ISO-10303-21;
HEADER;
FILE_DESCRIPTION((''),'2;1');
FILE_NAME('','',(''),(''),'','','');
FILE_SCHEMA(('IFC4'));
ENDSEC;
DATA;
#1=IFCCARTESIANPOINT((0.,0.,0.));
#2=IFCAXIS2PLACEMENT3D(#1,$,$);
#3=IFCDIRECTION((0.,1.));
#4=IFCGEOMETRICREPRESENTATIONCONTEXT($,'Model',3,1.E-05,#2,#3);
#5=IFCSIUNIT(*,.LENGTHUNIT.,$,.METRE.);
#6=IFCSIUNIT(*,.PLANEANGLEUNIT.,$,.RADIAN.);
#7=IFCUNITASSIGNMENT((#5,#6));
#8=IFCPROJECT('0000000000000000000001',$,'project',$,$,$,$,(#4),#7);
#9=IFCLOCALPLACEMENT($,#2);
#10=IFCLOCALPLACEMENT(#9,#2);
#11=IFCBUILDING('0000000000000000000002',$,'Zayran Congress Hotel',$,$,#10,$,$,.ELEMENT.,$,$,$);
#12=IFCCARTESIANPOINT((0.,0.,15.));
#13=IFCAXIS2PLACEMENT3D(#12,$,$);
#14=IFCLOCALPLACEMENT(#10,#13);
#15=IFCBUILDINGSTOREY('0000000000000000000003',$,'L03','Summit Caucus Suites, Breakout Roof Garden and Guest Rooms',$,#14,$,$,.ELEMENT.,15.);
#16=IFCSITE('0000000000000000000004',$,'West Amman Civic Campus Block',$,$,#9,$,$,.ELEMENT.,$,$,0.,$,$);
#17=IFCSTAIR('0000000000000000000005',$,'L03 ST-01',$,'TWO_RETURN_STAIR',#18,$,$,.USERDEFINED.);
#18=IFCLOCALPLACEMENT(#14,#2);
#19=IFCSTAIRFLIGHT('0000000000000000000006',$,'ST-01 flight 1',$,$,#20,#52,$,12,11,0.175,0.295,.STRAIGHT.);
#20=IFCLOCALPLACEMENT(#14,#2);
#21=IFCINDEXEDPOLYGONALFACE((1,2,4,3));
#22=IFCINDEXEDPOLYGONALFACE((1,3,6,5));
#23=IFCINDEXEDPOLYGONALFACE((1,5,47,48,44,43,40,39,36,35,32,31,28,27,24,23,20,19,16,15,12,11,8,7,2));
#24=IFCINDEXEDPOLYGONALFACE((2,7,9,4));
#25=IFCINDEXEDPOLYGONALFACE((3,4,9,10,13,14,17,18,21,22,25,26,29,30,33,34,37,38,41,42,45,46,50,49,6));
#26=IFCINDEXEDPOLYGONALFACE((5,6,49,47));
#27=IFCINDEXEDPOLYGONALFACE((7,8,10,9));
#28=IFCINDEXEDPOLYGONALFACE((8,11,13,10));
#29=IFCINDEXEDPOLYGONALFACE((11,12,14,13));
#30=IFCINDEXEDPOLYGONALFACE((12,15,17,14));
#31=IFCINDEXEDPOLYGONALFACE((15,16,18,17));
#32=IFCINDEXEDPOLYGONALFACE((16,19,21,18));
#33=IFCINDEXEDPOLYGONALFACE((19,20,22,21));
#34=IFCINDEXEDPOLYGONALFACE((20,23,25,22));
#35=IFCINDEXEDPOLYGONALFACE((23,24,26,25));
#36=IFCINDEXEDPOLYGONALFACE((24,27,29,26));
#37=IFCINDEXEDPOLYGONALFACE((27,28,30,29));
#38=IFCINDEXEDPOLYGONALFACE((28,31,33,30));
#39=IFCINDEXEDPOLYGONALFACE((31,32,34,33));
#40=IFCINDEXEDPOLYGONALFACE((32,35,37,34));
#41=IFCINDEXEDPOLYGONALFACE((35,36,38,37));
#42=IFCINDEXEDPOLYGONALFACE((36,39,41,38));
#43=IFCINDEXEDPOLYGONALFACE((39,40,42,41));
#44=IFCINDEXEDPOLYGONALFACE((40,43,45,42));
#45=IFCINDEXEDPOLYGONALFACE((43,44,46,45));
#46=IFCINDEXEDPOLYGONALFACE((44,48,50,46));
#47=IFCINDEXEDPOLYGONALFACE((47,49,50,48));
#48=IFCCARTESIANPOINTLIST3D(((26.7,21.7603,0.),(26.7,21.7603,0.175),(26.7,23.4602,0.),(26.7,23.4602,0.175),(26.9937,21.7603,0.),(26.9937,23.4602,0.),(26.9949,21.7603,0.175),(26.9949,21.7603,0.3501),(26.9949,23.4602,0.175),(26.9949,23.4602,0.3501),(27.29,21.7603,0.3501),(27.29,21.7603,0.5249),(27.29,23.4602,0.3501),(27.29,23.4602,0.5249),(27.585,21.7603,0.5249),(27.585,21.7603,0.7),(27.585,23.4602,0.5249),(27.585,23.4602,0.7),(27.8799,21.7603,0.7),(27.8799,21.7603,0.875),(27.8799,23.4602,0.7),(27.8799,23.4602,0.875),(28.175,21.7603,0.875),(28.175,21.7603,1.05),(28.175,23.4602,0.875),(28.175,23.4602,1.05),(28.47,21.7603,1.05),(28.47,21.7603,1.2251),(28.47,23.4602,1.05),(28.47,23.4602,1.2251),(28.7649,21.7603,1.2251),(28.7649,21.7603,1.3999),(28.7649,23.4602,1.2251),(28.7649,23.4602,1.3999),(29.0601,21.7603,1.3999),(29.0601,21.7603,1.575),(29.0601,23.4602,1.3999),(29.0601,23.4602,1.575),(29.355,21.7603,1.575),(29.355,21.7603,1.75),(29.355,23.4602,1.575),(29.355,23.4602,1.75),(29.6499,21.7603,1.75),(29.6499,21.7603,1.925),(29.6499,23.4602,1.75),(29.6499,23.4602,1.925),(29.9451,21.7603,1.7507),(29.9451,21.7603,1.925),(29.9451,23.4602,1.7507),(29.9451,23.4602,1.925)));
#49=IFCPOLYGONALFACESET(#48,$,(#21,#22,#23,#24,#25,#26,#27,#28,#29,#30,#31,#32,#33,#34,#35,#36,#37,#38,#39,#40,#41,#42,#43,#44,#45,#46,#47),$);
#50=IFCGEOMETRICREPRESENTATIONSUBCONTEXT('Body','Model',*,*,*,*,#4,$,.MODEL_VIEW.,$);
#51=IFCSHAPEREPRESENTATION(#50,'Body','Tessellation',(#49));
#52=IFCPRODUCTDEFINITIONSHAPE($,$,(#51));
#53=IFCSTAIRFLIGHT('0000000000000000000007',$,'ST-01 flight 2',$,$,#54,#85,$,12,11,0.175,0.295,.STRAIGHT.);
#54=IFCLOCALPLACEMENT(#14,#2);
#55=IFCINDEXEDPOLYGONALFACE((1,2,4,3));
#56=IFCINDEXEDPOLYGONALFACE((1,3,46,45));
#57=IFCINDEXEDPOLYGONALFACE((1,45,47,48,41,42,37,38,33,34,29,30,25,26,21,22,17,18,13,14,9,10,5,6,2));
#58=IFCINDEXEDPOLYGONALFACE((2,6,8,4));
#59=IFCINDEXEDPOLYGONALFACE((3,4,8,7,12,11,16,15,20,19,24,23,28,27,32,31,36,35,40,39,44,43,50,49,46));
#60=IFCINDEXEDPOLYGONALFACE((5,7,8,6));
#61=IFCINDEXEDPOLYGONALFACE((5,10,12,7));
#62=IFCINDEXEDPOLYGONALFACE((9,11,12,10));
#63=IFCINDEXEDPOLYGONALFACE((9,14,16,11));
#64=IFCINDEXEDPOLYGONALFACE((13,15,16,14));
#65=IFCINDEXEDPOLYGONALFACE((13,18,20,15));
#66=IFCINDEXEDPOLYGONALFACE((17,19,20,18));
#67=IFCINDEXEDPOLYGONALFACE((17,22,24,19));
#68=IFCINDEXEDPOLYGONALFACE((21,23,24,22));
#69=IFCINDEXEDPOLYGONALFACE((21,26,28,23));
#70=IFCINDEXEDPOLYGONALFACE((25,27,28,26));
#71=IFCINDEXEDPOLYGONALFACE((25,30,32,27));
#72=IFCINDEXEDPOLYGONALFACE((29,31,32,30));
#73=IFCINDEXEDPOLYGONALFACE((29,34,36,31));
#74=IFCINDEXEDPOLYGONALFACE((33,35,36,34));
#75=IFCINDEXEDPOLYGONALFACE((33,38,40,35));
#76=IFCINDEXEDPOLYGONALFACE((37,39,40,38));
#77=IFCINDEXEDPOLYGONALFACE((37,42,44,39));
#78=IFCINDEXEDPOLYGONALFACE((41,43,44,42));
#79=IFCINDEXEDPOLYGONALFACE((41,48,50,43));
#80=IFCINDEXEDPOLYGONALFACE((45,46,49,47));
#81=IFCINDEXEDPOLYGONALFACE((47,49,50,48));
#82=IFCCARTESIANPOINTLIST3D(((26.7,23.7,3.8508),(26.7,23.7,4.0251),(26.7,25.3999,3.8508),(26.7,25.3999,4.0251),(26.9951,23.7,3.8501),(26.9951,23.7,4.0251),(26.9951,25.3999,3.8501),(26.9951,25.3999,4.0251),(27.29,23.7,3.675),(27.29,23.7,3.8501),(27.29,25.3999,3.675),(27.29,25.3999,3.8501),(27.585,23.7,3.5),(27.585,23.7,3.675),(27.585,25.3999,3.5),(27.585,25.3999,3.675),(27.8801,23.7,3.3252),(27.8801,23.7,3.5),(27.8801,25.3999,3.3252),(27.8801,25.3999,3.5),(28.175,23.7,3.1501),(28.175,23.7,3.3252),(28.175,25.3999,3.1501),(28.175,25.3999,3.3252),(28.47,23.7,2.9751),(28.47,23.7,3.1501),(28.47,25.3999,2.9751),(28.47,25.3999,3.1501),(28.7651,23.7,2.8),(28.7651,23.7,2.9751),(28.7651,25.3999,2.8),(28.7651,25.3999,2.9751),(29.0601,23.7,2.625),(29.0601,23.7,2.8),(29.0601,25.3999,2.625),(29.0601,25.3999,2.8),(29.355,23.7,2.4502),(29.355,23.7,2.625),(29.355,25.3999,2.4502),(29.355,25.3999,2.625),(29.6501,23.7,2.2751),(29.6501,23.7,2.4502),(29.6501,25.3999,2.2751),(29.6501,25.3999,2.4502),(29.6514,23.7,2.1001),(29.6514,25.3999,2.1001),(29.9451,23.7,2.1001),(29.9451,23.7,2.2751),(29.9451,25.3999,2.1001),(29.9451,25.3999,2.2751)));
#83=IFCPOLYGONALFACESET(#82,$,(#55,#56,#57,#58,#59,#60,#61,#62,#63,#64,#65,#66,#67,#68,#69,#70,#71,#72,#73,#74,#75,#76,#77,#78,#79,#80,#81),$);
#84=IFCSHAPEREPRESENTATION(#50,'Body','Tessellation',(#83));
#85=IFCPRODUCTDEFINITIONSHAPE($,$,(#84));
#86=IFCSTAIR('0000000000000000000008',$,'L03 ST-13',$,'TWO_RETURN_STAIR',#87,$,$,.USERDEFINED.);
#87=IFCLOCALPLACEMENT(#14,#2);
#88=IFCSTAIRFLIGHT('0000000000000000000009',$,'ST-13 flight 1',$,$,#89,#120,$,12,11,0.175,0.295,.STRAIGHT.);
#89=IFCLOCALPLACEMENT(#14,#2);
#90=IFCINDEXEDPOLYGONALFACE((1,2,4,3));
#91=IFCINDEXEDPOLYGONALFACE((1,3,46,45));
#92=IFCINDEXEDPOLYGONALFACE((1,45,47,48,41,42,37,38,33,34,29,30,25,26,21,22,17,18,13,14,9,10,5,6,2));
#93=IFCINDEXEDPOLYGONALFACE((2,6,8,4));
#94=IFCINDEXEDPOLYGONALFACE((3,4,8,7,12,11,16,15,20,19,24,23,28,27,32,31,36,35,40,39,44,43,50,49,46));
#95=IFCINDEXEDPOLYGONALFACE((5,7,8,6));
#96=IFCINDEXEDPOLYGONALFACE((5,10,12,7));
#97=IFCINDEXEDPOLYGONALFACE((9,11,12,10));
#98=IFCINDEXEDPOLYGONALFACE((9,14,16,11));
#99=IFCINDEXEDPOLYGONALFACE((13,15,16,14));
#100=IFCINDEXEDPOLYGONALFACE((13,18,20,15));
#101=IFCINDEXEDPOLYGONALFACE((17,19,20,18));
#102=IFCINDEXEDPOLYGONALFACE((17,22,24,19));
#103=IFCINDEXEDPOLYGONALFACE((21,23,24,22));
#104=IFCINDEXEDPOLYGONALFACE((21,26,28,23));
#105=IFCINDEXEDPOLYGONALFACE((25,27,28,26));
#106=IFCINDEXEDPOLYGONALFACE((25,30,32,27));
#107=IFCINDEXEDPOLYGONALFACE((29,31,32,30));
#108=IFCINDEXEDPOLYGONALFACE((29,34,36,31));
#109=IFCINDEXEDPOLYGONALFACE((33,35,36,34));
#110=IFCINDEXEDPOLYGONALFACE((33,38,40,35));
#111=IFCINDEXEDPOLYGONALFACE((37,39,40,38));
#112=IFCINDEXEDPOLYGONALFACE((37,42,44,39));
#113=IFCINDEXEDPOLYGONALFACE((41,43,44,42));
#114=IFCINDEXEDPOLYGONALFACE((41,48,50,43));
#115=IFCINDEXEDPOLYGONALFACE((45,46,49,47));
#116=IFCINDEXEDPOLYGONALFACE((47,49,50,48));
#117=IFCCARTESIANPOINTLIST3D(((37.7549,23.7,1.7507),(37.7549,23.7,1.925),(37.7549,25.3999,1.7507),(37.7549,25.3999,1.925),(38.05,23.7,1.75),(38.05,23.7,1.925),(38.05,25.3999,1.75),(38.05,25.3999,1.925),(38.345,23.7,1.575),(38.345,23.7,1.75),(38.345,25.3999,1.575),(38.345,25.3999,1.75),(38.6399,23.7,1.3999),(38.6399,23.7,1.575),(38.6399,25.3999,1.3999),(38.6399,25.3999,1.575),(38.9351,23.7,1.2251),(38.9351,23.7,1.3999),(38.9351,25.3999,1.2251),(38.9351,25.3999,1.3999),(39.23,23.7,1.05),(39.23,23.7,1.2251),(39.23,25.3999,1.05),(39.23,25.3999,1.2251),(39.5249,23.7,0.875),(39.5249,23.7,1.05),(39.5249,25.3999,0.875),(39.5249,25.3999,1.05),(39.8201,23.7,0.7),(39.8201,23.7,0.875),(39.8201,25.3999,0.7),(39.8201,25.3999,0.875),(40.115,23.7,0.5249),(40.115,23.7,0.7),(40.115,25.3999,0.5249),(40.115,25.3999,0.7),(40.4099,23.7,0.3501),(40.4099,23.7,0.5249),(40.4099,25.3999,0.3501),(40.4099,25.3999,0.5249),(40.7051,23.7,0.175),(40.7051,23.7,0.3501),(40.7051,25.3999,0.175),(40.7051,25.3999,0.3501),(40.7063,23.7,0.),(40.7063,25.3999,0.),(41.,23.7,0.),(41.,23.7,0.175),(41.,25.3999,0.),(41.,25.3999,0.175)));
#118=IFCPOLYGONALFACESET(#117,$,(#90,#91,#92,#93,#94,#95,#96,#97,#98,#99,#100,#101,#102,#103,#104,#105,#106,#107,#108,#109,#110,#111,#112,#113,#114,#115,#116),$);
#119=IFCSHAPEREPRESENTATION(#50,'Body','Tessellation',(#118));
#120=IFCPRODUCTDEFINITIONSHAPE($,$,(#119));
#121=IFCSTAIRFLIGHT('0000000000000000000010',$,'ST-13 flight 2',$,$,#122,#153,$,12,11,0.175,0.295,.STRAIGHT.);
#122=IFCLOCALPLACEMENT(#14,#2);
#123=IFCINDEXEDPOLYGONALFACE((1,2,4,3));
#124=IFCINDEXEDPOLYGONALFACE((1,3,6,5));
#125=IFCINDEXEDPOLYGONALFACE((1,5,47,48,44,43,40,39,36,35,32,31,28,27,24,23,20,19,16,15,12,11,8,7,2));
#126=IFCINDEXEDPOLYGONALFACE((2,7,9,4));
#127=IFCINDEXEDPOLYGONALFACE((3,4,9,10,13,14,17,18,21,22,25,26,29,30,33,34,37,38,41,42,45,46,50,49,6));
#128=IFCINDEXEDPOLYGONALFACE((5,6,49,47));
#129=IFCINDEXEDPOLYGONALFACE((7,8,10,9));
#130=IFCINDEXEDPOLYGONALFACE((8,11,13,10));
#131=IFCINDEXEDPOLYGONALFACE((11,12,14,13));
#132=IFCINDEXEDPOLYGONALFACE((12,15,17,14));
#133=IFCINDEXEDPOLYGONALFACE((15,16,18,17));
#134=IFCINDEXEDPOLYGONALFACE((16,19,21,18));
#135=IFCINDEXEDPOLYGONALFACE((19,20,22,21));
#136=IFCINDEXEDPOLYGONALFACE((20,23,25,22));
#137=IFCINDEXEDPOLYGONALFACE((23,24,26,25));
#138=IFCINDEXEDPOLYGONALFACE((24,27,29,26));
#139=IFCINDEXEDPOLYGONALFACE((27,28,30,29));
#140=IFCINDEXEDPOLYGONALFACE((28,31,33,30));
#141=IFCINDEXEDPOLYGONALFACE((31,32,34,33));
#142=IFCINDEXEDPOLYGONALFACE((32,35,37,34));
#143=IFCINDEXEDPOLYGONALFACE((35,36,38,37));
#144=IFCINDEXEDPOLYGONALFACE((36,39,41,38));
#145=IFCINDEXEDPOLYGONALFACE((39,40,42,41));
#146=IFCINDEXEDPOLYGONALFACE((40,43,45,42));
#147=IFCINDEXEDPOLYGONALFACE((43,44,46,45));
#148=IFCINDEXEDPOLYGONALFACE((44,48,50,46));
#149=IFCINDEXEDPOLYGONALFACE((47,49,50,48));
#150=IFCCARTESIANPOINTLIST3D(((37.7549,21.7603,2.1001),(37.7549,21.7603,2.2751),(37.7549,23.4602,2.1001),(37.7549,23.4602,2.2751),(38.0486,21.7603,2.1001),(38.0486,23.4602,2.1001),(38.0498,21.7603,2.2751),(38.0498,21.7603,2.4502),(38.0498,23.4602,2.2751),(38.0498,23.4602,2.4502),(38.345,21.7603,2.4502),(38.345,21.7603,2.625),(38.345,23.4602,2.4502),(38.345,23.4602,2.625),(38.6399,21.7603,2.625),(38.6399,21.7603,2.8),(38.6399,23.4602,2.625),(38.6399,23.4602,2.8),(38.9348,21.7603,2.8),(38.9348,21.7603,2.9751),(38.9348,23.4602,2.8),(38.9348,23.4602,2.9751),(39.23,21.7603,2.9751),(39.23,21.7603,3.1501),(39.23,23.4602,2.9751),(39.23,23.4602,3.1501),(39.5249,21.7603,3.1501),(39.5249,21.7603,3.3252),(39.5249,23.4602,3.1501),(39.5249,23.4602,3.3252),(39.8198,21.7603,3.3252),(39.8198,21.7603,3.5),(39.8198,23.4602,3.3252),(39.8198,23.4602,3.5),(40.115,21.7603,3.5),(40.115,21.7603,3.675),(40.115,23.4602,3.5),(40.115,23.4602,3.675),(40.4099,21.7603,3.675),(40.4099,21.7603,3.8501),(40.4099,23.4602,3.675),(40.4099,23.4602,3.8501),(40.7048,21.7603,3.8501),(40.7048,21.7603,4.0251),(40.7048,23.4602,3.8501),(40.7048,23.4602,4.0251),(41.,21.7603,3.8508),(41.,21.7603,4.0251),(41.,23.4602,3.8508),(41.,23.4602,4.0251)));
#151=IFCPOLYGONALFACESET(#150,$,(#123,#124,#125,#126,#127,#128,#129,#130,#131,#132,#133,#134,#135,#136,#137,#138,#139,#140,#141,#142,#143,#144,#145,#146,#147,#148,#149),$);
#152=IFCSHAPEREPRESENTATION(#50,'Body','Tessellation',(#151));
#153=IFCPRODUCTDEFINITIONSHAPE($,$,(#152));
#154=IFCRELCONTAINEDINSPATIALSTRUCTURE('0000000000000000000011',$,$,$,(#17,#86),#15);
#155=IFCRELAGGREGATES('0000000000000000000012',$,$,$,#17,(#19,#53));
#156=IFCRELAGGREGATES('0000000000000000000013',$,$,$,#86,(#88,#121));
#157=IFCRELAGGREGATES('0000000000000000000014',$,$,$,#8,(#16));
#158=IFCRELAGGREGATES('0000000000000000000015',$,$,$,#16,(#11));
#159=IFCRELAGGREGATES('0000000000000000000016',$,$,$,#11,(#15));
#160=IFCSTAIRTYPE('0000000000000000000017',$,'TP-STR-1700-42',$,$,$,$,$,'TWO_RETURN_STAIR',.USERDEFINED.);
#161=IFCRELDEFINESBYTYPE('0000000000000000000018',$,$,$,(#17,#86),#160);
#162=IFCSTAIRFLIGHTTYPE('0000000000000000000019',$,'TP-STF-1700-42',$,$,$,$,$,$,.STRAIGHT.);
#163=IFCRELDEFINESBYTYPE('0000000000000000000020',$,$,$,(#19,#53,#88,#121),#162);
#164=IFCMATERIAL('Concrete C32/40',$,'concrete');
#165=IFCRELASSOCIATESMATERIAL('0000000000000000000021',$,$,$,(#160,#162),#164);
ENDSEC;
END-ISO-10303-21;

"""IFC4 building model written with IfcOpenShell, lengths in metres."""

from ifc_helpers import new_model, si_unit, direction, frame, origin, place, context, subcontext, project, spatial, polyline, outline, extrude, material, type_object, element, aggregate, save


model = new_model("IFC4")

# Units and contexts
model_context = context("Model", 3, precision=1e-05, world=origin(), true_north=direction((0.0, 1.0)))
body_context = subcontext(model_context, "Body", "Model", "MODEL_VIEW")
ifc_project = project(units=[si_unit("LENGTHUNIT", "METRE"), si_unit("PLANEANGLEUNIT", "RADIAN")], contexts=[model_context])

# Site, building, storey
site_placement = place(None, origin())
site = spatial("IfcSite", under=ifc_project, at=site_placement, Name="West Amman Civic Campus Block", CompositionType="ELEMENT", RefElevation=0.0)
building_placement = place(site_placement, origin())
building = spatial("IfcBuilding", under=site, at=building_placement, Name="Zayran Congress Hotel", CompositionType="ELEMENT")
storey_placement = place(building_placement, frame((0.0, 0.0, 15.0)))
storey = spatial("IfcBuildingStorey", under=building, at=storey_placement, Name="L03", Description="Summit Caucus Suites, Breakout Roof Garden and Guest Rooms", CompositionType="ELEMENT", Elevation=15.0)

# Stairs, stair flights
ifc_material_1 = material(Name="Concrete C32/40", Category="concrete")
stair_type = type_object("IfcStairType", Name="TP-STR-1700-42", ElementType="TWO_RETURN_STAIR", PredefinedType="USERDEFINED", material=ifc_material_1)
stair_1_placement = place(storey_placement, origin())
stair_1 = element("IfcStair", 1, at=stair_1_placement, inside=storey, type_object=stair_type, Name="L03 ST-01", ObjectType="TWO_RETURN_STAIR", PredefinedType="USERDEFINED")
stair_flight_type = type_object("IfcStairFlightType", Name="TP-STF-1700-42", PredefinedType="STRAIGHT", material=ifc_material_1)
stair_flight_1_placement = place(storey_placement, frame((26.7, 22.6101, 0.0), z_axis=(0.0, 0.0, 1.0), x_axis=(1.0, 0.0, 0.0)))
stair_flight_1 = element("IfcStairFlight", 2, at=stair_flight_1_placement, type_object=stair_flight_type, Name="ST-01 flight 1", NumberOfRisers=12, NumberOfTreads=11, PredefinedType="STRAIGHT", RiserHeight=0.175, TreadLength=0.295, context=body_context, shape_type="SweptSolid", body=[
    extrude(outline(polyline([(0.0, 0.0), (0.0, 0.175), (0.2949, 0.175), (0.2949, 0.3501), (0.5901, 0.3501), (0.5901, 0.5249), (0.885, 0.5249), (0.885, 0.7), (1.1799, 0.7), (1.1799, 0.875), (1.4751, 0.875), (1.4751, 1.05), (1.77, 1.05), (1.77, 1.2251), (2.0649, 1.2251), (2.0649, 1.3999), (2.3601, 1.3999), (2.3601, 1.575), (2.655, 1.575), (2.655, 1.75), (2.95, 1.75), (2.95, 1.925), (3.2451, 1.925), (3.2451, 2.1001), (3.2451, 1.7507), (0.2937, 0.0), (0.0, 0.0)])), frame((0.0, 0.8501, 0.0), z_axis=(0.0, -1.0, 0.0), x_axis=(1.0, 0.0, 0.0)), (0.0, 0.0, 1.0), 1.7),
])
stair_flight_2_placement = place(storey_placement, frame((29.9451, 24.55, 2.1001), z_axis=(0.0, 0.0, 1.0), x_axis=(-1.0, 0.0, 0.0)))
stair_flight_2 = element("IfcStairFlight", 3, at=stair_flight_2_placement, type_object=stair_flight_type, Name="ST-01 flight 2", NumberOfRisers=12, NumberOfTreads=11, PredefinedType="STRAIGHT", RiserHeight=0.175, TreadLength=0.295, context=body_context, shape_type="SweptSolid", body=[
    extrude(outline(polyline([(0.0, 0.0), (0.0, 0.175), (0.2949, 0.175), (0.2949, 0.3501), (0.5901, 0.3501), (0.5901, 0.5249), (0.885, 0.5249), (0.885, 0.7), (1.1799, 0.7), (1.1799, 0.875), (1.4751, 0.875), (1.4751, 1.05), (1.77, 1.05), (1.77, 1.2251), (2.0649, 1.2251), (2.0649, 1.3999), (2.3601, 1.3999), (2.3601, 1.575), (2.655, 1.575), (2.655, 1.75), (2.95, 1.75), (2.95, 1.925), (3.2451, 1.925), (3.2451, 2.1001), (3.2451, 1.7507), (0.2937, 0.0), (0.0, 0.0)])), frame((0.0, 0.8501, 0.0), z_axis=(0.0, -1.0, 0.0), x_axis=(1.0, 0.0, 0.0)), (0.0, 0.0, 1.0), 1.7),
])
aggregate(stair_1, [stair_flight_1, stair_flight_2])
stair_2_placement = place(storey_placement, origin())
stair_2 = element("IfcStair", 4, at=stair_2_placement, inside=storey, type_object=stair_type, Name="L03 ST-13", ObjectType="TWO_RETURN_STAIR", PredefinedType="USERDEFINED")
stair_flight_3_placement = place(storey_placement, frame((41.0, 24.55, 0.0), z_axis=(0.0, 0.0, 1.0), x_axis=(-1.0, 0.0, 0.0)))
stair_flight_3 = element("IfcStairFlight", 5, at=stair_flight_3_placement, type_object=stair_flight_type, Name="ST-13 flight 1", NumberOfRisers=12, NumberOfTreads=11, PredefinedType="STRAIGHT", RiserHeight=0.175, TreadLength=0.295, context=body_context, shape_type="SweptSolid", body=[
    extrude(outline(polyline([(0.0, 0.0), (0.0, 0.175), (0.2949, 0.175), (0.2949, 0.3501), (0.5901, 0.3501), (0.5901, 0.5249), (0.885, 0.5249), (0.885, 0.7), (1.1799, 0.7), (1.1799, 0.875), (1.4751, 0.875), (1.4751, 1.05), (1.77, 1.05), (1.77, 1.2251), (2.0649, 1.2251), (2.0649, 1.3999), (2.3601, 1.3999), (2.3601, 1.575), (2.655, 1.575), (2.655, 1.75), (2.95, 1.75), (2.95, 1.925), (3.2451, 1.925), (3.2451, 2.1001), (3.2451, 1.7507), (0.2937, 0.0), (0.0, 0.0)])), frame((0.0, 0.8501, 0.0), z_axis=(0.0, -1.0, 0.0), x_axis=(1.0, 0.0, 0.0)), (0.0, 0.0, 1.0), 1.7),
])
stair_flight_4_placement = place(storey_placement, frame((37.7549, 22.6101, 2.1001), z_axis=(0.0, 0.0, 1.0), x_axis=(1.0, 0.0, 0.0)))
stair_flight_4 = element("IfcStairFlight", 6, at=stair_flight_4_placement, type_object=stair_flight_type, Name="ST-13 flight 2", NumberOfRisers=12, NumberOfTreads=11, PredefinedType="STRAIGHT", RiserHeight=0.175, TreadLength=0.295, context=body_context, shape_type="SweptSolid", body=[
    extrude(outline(polyline([(0.0, 0.0), (0.0, 0.175), (0.2949, 0.175), (0.2949, 0.3501), (0.5901, 0.3501), (0.5901, 0.5249), (0.885, 0.5249), (0.885, 0.7), (1.1799, 0.7), (1.1799, 0.875), (1.4751, 0.875), (1.4751, 1.05), (1.77, 1.05), (1.77, 1.2251), (2.0649, 1.2251), (2.0649, 1.3999), (2.3601, 1.3999), (2.3601, 1.575), (2.655, 1.575), (2.655, 1.75), (2.95, 1.75), (2.95, 1.925), (3.2451, 1.925), (3.2451, 2.1001), (3.2451, 1.7507), (0.2937, 0.0), (0.0, 0.0)])), frame((0.0, 0.8501, 0.0), z_axis=(0.0, -1.0, 0.0), x_axis=(1.0, 0.0, 0.0)), (0.0, 0.0, 1.0), 1.7),
])
aggregate(stair_2, [stair_flight_3, stair_flight_4])

save(model, "model.ifc")
